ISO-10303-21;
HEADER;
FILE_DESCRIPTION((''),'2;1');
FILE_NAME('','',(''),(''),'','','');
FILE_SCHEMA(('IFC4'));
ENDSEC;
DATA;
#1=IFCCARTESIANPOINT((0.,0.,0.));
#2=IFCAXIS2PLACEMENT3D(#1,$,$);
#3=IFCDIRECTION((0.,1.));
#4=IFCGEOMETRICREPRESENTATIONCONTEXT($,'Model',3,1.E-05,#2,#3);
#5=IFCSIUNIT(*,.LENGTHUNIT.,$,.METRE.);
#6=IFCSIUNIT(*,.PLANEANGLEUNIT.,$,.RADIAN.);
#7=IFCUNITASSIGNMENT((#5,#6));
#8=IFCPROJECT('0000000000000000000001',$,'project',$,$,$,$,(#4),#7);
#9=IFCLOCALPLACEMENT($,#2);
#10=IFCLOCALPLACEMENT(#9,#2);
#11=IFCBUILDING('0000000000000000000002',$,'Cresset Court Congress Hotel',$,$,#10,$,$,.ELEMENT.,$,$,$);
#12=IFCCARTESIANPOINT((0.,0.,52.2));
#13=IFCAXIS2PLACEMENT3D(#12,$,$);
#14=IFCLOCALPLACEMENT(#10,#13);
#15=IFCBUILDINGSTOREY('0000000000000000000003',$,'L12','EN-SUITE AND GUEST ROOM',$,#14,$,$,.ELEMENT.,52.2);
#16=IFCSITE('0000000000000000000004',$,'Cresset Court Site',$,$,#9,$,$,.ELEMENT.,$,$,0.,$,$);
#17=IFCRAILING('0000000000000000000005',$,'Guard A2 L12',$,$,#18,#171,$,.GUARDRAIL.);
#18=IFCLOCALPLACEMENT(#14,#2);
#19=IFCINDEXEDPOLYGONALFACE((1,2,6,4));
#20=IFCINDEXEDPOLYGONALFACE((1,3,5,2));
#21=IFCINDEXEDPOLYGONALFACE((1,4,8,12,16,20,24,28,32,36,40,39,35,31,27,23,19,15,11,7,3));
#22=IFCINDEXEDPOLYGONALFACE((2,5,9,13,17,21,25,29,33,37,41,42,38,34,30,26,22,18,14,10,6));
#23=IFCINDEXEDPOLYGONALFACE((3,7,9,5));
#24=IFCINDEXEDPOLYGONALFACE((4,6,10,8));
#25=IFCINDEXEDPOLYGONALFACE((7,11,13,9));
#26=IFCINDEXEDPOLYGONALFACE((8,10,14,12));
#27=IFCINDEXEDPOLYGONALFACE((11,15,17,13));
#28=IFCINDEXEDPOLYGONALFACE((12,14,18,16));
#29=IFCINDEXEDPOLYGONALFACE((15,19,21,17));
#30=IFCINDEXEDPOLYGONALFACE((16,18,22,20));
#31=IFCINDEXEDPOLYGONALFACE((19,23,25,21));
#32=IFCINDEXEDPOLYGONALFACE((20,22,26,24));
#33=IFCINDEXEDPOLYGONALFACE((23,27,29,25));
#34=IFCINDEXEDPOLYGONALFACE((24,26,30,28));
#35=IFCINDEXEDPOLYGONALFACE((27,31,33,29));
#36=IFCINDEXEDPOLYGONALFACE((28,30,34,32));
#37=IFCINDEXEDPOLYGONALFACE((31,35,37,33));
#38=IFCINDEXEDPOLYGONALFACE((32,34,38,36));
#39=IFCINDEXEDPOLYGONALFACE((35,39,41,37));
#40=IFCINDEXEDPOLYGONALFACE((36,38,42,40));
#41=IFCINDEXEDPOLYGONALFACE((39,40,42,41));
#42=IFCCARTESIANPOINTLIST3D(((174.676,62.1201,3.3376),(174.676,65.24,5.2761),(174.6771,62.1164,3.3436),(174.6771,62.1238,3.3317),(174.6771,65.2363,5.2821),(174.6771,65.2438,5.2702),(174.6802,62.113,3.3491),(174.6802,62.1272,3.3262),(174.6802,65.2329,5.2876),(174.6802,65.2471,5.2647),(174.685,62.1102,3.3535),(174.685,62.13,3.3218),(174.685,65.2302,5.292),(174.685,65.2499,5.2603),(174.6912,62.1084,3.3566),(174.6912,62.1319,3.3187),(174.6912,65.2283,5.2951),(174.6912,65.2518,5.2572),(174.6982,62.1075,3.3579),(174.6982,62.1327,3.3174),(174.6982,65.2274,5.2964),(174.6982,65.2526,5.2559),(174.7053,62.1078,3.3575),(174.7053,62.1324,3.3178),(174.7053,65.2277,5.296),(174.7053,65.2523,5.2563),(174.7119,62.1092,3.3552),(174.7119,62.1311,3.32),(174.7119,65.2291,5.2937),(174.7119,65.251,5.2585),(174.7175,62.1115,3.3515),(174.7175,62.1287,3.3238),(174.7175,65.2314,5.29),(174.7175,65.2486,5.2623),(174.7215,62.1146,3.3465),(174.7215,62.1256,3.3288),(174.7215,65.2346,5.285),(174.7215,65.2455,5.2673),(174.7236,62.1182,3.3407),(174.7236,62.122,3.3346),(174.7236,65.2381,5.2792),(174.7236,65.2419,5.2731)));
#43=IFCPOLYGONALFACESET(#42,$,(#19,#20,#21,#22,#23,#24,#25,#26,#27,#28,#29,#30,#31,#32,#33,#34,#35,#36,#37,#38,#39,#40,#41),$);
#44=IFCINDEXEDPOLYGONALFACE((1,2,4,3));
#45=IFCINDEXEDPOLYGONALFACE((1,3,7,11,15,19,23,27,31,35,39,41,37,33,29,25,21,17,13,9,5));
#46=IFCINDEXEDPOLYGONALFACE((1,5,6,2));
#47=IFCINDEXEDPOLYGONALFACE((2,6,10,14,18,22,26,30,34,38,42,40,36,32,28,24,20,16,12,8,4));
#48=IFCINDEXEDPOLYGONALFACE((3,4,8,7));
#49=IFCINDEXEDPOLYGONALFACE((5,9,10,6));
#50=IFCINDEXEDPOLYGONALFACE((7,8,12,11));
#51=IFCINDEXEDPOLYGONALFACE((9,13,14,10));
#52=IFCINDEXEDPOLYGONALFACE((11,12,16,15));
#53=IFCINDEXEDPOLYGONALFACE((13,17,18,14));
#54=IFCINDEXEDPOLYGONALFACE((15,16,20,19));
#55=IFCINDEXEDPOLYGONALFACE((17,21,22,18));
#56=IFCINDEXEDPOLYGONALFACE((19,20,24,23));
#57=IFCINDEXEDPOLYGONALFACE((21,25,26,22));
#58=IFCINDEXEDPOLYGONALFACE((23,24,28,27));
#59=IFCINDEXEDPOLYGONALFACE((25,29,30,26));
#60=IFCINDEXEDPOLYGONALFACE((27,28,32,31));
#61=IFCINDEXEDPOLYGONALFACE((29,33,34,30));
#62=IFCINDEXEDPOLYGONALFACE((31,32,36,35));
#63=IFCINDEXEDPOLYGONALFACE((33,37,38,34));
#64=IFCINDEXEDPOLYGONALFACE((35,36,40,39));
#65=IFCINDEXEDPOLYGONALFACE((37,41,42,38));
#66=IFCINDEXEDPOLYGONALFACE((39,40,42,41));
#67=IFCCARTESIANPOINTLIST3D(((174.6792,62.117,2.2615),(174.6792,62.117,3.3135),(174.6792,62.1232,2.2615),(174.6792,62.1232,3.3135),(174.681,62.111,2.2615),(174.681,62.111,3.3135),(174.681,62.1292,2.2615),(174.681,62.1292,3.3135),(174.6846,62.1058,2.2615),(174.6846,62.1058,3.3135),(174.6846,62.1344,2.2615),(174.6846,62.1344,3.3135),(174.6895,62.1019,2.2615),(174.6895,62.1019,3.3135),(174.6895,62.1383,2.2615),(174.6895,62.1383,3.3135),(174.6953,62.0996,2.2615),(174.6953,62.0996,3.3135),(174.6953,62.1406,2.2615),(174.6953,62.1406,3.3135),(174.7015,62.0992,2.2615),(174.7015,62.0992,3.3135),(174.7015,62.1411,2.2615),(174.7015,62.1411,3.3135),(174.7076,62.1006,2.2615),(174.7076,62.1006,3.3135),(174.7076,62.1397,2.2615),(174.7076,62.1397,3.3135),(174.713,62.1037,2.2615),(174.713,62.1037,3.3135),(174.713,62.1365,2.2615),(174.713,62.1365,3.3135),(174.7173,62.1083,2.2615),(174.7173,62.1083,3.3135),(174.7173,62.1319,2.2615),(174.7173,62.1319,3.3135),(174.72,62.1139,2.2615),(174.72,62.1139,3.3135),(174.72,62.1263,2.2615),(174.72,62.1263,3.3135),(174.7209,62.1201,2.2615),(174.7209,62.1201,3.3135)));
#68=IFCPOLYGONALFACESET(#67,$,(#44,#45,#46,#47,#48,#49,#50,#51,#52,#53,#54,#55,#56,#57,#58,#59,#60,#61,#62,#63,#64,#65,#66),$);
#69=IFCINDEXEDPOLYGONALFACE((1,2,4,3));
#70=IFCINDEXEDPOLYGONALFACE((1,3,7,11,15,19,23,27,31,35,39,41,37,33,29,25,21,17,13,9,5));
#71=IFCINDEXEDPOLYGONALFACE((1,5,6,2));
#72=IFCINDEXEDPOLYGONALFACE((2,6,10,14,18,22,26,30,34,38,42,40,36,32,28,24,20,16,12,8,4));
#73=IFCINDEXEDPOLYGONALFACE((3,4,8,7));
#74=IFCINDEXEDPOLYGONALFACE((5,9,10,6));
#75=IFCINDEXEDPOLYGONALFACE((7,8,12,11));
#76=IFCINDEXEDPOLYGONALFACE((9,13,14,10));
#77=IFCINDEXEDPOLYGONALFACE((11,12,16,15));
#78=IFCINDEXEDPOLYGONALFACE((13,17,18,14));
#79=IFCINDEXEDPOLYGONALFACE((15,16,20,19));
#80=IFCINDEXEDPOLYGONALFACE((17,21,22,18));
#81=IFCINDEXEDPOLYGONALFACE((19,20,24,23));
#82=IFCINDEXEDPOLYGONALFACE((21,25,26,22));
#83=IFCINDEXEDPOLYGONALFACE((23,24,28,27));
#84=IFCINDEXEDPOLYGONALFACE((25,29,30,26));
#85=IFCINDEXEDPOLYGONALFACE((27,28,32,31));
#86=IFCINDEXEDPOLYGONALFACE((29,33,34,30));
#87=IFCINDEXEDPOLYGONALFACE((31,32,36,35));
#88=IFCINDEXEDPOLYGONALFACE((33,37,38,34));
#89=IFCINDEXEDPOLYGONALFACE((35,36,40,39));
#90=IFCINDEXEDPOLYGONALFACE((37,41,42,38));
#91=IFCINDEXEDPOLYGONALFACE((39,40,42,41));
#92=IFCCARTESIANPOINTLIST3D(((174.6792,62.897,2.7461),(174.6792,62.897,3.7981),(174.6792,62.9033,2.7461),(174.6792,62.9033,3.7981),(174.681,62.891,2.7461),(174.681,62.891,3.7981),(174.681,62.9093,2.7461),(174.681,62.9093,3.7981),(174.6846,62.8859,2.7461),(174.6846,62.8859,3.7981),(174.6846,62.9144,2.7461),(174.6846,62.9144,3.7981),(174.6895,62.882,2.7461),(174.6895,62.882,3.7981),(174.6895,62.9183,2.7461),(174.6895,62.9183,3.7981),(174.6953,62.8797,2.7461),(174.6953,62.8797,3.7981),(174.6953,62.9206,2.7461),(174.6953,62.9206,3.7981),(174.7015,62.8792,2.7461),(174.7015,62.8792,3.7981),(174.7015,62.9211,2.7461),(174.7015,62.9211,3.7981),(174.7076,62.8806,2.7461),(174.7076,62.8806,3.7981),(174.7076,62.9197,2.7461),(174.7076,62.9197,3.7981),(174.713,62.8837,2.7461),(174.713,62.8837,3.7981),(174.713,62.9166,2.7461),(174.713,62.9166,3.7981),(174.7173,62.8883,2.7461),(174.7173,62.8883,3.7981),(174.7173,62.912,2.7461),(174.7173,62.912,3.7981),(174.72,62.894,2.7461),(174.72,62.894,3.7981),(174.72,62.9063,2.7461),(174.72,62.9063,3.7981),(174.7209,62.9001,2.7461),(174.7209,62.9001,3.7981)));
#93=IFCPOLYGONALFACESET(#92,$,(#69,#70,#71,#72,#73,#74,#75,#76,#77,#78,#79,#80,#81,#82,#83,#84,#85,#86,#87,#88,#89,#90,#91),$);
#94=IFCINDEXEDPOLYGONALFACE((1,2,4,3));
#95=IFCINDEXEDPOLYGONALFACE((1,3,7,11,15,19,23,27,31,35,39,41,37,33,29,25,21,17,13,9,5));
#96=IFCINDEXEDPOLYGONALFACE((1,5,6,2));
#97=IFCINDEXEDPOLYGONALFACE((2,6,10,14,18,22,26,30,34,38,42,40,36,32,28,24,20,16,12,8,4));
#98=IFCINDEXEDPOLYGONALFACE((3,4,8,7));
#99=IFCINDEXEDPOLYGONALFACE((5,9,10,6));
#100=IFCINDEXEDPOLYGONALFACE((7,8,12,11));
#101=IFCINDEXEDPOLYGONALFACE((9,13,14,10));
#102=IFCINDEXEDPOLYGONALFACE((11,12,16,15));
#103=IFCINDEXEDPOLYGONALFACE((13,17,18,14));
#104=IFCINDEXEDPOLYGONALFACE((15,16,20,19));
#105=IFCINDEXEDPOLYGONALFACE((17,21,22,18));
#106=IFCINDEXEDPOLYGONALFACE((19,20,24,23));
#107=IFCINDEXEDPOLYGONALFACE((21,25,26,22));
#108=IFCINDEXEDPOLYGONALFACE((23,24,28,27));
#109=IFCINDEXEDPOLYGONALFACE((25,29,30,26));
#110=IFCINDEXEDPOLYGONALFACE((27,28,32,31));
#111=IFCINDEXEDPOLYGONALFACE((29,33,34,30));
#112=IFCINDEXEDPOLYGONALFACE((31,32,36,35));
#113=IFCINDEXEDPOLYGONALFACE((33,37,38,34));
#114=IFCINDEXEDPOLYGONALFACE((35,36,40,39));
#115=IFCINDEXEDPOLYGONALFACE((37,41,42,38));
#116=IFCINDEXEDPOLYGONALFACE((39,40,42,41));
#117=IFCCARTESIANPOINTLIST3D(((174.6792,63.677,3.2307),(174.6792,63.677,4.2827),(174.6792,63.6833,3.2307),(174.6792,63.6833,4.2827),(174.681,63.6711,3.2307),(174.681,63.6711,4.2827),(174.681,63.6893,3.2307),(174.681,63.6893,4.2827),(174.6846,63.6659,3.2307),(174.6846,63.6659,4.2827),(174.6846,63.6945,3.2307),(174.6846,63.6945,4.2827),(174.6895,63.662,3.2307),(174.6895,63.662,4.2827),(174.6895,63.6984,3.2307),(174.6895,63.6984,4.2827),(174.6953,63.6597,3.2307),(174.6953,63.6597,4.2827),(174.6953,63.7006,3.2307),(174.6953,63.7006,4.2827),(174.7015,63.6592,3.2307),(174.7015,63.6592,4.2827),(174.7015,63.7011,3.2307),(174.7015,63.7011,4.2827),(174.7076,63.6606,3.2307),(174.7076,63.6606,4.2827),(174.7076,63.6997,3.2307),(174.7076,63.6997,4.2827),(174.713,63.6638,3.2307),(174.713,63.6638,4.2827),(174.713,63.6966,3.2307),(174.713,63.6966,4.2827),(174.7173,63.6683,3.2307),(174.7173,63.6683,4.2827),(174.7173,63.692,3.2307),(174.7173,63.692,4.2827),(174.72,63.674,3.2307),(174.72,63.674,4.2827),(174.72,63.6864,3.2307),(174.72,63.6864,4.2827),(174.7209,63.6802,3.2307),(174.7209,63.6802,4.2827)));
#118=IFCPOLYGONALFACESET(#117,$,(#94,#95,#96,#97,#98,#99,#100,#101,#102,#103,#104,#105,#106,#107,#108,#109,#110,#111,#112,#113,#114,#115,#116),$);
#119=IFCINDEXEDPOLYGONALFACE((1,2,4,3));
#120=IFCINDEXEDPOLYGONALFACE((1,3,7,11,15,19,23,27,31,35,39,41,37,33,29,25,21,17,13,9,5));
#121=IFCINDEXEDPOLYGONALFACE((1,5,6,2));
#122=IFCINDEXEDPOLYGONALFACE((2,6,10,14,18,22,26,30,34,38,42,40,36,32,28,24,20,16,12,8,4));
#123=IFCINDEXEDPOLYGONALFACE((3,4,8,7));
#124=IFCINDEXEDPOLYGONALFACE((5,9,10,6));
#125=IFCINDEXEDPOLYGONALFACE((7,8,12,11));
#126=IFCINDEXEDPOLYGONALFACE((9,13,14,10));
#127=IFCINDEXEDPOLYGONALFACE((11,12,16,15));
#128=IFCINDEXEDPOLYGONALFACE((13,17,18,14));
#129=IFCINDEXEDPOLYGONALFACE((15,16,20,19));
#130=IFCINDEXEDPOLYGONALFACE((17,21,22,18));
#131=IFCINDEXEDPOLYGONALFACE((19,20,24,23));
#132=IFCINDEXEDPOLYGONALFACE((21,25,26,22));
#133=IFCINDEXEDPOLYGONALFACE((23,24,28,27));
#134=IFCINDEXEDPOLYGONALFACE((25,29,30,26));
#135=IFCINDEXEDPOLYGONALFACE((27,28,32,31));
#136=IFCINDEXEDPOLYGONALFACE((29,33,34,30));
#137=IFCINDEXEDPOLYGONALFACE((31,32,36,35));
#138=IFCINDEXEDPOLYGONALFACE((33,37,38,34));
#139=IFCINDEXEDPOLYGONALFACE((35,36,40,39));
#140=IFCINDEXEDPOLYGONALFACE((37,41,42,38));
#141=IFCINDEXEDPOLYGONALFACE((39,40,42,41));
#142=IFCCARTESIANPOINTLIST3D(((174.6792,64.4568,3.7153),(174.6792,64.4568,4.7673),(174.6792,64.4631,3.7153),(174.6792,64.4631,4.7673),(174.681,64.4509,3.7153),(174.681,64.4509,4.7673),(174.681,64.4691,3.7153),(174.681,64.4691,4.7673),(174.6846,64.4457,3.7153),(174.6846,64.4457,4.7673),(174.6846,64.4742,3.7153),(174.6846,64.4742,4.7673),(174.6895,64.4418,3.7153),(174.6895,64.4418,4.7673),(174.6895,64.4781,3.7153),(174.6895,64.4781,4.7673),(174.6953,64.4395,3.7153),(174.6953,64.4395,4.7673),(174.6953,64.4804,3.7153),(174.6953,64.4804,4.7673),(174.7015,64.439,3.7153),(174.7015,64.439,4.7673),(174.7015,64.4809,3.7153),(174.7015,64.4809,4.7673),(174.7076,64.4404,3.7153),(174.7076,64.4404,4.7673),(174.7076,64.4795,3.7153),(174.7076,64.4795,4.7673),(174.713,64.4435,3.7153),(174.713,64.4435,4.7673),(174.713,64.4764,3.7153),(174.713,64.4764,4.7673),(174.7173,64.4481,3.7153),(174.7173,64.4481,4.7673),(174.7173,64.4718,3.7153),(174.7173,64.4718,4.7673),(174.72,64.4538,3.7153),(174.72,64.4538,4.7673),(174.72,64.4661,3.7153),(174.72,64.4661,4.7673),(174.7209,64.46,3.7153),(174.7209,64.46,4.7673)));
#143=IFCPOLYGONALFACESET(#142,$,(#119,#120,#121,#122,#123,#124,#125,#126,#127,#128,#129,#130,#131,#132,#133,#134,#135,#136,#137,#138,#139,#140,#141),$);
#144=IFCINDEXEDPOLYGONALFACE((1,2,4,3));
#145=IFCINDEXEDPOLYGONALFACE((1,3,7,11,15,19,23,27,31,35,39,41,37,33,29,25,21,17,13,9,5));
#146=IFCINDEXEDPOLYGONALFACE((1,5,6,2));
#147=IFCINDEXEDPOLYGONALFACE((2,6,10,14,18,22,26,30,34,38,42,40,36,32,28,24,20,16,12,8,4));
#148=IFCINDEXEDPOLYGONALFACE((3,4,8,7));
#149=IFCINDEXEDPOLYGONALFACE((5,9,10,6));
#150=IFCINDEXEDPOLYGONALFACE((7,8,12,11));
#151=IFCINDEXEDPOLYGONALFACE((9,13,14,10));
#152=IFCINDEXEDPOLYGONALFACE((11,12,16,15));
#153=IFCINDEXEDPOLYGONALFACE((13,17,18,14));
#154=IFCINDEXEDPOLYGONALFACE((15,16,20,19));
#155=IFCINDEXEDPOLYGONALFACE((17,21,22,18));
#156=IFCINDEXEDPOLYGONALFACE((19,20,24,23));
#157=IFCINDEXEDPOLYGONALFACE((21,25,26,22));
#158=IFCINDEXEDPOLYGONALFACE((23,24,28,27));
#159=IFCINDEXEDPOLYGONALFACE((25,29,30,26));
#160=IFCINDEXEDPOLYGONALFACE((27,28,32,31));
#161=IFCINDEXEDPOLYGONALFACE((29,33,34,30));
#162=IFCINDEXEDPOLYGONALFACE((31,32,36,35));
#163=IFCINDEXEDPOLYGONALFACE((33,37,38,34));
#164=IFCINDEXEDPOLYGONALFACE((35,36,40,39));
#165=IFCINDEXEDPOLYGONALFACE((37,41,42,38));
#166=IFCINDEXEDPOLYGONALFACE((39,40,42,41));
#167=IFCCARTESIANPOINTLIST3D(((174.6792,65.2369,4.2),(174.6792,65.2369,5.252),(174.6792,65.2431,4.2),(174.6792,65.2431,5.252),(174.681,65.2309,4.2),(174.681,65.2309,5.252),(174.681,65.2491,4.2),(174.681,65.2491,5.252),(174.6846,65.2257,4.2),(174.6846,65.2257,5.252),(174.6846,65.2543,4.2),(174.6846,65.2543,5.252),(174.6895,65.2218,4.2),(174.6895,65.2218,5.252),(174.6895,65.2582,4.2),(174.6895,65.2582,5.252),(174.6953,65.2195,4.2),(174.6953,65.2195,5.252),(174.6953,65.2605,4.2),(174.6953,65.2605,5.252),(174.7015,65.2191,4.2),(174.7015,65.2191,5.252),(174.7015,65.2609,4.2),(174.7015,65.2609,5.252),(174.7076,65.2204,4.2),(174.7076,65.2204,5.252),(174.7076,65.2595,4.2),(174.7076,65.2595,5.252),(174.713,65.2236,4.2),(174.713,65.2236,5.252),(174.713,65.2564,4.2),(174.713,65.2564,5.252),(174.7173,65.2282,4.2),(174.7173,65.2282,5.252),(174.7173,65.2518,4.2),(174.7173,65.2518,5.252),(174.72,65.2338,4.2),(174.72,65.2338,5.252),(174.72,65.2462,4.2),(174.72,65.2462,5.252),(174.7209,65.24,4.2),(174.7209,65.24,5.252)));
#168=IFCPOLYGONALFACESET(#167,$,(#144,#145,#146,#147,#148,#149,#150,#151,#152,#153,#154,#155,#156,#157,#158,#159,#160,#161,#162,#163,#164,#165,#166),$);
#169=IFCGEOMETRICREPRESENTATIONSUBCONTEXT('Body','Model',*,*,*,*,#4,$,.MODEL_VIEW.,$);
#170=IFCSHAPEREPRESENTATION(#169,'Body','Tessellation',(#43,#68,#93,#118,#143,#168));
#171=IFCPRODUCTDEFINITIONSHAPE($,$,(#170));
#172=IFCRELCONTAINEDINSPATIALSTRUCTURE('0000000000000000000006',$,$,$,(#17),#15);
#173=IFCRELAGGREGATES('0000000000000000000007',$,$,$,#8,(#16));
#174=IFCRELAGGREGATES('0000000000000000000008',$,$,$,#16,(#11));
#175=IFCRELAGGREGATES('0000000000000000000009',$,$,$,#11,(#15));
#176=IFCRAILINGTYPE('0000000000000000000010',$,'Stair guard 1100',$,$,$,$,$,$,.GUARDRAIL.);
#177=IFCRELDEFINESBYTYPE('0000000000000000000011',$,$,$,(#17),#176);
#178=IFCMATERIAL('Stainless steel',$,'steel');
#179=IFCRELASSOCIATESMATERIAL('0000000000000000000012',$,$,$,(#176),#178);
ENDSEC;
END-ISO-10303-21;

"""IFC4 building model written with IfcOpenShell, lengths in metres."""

from ifc_helpers import new_model, si_unit, direction, frame, origin, origin_2d, place, context, subcontext, project, spatial, circle, extrude, material, type_object, element, save


model = new_model("IFC4")

# Units and contexts
model_context = context("Model", 3, precision=1e-05, world=origin(), true_north=direction((0.0, 1.0)))
body_context = subcontext(model_context, "Body", "Model", "MODEL_VIEW")
ifc_project = project(units=[si_unit("LENGTHUNIT", "METRE"), si_unit("PLANEANGLEUNIT", "RADIAN")], contexts=[model_context])

# Site, building, storey
site_placement = place(None, origin())
site = spatial("IfcSite", under=ifc_project, at=site_placement, Name="Cresset Court Site", CompositionType="ELEMENT", RefElevation=0.0)
building_placement = place(site_placement, origin())
building = spatial("IfcBuilding", under=site, at=building_placement, Name="Cresset Court Congress Hotel", CompositionType="ELEMENT")
storey_placement = place(building_placement, frame((0.0, 0.0, 52.2)))
storey = spatial("IfcBuildingStorey", under=building, at=storey_placement, Name="L12", Description="EN-SUITE AND GUEST ROOM", CompositionType="ELEMENT", Elevation=52.2)

# Railing
ifc_material_1 = material(Name="Stainless steel", Category="steel")
railing_type_1 = type_object("IfcRailingType", Name="Stair guard 1100", PredefinedType="GUARDRAIL", material=ifc_material_1)
railing_1_placement = place(storey_placement, frame((174.7, 62.1201, 2.2615)))
element("IfcRailing", 1, at=railing_1_placement, inside=storey, type_object=railing_type_1, Name="Guard A2 L12", PredefinedType="GUARDRAIL", context=body_context, shape_type="SweptSolid", body=[
    extrude(circle(Radius=0.0239, at=origin_2d()), frame((0.0, 0.0, 1.0762), z_axis=(0.0, 0.849396, 0.527757), x_axis=(-1.0, 0.0, 0.0)), (0.0, 0.0, 1.0), 3.6731),
    extrude(circle(Radius=0.021, at=origin_2d()), origin(), (0.0, 0.0, 1.0), 1.052),
    extrude(circle(Radius=0.021, at=origin_2d()), frame((0.0, 0.78, 0.4846)), (0.0, 0.0, 1.0), 1.052),
    extrude(circle(Radius=0.021, at=origin_2d()), frame((0.0, 1.5601, 0.9692)), (0.0, 0.0, 1.0), 1.052),
    extrude(circle(Radius=0.021, at=origin_2d()), frame((0.0, 2.3398, 1.4539)), (0.0, 0.0, 1.0), 1.052),
    extrude(circle(Radius=0.021, at=origin_2d()), frame((0.0, 3.1199, 1.9385)), (0.0, 0.0, 1.0), 1.052),
])

save(model, "model.ifc")
